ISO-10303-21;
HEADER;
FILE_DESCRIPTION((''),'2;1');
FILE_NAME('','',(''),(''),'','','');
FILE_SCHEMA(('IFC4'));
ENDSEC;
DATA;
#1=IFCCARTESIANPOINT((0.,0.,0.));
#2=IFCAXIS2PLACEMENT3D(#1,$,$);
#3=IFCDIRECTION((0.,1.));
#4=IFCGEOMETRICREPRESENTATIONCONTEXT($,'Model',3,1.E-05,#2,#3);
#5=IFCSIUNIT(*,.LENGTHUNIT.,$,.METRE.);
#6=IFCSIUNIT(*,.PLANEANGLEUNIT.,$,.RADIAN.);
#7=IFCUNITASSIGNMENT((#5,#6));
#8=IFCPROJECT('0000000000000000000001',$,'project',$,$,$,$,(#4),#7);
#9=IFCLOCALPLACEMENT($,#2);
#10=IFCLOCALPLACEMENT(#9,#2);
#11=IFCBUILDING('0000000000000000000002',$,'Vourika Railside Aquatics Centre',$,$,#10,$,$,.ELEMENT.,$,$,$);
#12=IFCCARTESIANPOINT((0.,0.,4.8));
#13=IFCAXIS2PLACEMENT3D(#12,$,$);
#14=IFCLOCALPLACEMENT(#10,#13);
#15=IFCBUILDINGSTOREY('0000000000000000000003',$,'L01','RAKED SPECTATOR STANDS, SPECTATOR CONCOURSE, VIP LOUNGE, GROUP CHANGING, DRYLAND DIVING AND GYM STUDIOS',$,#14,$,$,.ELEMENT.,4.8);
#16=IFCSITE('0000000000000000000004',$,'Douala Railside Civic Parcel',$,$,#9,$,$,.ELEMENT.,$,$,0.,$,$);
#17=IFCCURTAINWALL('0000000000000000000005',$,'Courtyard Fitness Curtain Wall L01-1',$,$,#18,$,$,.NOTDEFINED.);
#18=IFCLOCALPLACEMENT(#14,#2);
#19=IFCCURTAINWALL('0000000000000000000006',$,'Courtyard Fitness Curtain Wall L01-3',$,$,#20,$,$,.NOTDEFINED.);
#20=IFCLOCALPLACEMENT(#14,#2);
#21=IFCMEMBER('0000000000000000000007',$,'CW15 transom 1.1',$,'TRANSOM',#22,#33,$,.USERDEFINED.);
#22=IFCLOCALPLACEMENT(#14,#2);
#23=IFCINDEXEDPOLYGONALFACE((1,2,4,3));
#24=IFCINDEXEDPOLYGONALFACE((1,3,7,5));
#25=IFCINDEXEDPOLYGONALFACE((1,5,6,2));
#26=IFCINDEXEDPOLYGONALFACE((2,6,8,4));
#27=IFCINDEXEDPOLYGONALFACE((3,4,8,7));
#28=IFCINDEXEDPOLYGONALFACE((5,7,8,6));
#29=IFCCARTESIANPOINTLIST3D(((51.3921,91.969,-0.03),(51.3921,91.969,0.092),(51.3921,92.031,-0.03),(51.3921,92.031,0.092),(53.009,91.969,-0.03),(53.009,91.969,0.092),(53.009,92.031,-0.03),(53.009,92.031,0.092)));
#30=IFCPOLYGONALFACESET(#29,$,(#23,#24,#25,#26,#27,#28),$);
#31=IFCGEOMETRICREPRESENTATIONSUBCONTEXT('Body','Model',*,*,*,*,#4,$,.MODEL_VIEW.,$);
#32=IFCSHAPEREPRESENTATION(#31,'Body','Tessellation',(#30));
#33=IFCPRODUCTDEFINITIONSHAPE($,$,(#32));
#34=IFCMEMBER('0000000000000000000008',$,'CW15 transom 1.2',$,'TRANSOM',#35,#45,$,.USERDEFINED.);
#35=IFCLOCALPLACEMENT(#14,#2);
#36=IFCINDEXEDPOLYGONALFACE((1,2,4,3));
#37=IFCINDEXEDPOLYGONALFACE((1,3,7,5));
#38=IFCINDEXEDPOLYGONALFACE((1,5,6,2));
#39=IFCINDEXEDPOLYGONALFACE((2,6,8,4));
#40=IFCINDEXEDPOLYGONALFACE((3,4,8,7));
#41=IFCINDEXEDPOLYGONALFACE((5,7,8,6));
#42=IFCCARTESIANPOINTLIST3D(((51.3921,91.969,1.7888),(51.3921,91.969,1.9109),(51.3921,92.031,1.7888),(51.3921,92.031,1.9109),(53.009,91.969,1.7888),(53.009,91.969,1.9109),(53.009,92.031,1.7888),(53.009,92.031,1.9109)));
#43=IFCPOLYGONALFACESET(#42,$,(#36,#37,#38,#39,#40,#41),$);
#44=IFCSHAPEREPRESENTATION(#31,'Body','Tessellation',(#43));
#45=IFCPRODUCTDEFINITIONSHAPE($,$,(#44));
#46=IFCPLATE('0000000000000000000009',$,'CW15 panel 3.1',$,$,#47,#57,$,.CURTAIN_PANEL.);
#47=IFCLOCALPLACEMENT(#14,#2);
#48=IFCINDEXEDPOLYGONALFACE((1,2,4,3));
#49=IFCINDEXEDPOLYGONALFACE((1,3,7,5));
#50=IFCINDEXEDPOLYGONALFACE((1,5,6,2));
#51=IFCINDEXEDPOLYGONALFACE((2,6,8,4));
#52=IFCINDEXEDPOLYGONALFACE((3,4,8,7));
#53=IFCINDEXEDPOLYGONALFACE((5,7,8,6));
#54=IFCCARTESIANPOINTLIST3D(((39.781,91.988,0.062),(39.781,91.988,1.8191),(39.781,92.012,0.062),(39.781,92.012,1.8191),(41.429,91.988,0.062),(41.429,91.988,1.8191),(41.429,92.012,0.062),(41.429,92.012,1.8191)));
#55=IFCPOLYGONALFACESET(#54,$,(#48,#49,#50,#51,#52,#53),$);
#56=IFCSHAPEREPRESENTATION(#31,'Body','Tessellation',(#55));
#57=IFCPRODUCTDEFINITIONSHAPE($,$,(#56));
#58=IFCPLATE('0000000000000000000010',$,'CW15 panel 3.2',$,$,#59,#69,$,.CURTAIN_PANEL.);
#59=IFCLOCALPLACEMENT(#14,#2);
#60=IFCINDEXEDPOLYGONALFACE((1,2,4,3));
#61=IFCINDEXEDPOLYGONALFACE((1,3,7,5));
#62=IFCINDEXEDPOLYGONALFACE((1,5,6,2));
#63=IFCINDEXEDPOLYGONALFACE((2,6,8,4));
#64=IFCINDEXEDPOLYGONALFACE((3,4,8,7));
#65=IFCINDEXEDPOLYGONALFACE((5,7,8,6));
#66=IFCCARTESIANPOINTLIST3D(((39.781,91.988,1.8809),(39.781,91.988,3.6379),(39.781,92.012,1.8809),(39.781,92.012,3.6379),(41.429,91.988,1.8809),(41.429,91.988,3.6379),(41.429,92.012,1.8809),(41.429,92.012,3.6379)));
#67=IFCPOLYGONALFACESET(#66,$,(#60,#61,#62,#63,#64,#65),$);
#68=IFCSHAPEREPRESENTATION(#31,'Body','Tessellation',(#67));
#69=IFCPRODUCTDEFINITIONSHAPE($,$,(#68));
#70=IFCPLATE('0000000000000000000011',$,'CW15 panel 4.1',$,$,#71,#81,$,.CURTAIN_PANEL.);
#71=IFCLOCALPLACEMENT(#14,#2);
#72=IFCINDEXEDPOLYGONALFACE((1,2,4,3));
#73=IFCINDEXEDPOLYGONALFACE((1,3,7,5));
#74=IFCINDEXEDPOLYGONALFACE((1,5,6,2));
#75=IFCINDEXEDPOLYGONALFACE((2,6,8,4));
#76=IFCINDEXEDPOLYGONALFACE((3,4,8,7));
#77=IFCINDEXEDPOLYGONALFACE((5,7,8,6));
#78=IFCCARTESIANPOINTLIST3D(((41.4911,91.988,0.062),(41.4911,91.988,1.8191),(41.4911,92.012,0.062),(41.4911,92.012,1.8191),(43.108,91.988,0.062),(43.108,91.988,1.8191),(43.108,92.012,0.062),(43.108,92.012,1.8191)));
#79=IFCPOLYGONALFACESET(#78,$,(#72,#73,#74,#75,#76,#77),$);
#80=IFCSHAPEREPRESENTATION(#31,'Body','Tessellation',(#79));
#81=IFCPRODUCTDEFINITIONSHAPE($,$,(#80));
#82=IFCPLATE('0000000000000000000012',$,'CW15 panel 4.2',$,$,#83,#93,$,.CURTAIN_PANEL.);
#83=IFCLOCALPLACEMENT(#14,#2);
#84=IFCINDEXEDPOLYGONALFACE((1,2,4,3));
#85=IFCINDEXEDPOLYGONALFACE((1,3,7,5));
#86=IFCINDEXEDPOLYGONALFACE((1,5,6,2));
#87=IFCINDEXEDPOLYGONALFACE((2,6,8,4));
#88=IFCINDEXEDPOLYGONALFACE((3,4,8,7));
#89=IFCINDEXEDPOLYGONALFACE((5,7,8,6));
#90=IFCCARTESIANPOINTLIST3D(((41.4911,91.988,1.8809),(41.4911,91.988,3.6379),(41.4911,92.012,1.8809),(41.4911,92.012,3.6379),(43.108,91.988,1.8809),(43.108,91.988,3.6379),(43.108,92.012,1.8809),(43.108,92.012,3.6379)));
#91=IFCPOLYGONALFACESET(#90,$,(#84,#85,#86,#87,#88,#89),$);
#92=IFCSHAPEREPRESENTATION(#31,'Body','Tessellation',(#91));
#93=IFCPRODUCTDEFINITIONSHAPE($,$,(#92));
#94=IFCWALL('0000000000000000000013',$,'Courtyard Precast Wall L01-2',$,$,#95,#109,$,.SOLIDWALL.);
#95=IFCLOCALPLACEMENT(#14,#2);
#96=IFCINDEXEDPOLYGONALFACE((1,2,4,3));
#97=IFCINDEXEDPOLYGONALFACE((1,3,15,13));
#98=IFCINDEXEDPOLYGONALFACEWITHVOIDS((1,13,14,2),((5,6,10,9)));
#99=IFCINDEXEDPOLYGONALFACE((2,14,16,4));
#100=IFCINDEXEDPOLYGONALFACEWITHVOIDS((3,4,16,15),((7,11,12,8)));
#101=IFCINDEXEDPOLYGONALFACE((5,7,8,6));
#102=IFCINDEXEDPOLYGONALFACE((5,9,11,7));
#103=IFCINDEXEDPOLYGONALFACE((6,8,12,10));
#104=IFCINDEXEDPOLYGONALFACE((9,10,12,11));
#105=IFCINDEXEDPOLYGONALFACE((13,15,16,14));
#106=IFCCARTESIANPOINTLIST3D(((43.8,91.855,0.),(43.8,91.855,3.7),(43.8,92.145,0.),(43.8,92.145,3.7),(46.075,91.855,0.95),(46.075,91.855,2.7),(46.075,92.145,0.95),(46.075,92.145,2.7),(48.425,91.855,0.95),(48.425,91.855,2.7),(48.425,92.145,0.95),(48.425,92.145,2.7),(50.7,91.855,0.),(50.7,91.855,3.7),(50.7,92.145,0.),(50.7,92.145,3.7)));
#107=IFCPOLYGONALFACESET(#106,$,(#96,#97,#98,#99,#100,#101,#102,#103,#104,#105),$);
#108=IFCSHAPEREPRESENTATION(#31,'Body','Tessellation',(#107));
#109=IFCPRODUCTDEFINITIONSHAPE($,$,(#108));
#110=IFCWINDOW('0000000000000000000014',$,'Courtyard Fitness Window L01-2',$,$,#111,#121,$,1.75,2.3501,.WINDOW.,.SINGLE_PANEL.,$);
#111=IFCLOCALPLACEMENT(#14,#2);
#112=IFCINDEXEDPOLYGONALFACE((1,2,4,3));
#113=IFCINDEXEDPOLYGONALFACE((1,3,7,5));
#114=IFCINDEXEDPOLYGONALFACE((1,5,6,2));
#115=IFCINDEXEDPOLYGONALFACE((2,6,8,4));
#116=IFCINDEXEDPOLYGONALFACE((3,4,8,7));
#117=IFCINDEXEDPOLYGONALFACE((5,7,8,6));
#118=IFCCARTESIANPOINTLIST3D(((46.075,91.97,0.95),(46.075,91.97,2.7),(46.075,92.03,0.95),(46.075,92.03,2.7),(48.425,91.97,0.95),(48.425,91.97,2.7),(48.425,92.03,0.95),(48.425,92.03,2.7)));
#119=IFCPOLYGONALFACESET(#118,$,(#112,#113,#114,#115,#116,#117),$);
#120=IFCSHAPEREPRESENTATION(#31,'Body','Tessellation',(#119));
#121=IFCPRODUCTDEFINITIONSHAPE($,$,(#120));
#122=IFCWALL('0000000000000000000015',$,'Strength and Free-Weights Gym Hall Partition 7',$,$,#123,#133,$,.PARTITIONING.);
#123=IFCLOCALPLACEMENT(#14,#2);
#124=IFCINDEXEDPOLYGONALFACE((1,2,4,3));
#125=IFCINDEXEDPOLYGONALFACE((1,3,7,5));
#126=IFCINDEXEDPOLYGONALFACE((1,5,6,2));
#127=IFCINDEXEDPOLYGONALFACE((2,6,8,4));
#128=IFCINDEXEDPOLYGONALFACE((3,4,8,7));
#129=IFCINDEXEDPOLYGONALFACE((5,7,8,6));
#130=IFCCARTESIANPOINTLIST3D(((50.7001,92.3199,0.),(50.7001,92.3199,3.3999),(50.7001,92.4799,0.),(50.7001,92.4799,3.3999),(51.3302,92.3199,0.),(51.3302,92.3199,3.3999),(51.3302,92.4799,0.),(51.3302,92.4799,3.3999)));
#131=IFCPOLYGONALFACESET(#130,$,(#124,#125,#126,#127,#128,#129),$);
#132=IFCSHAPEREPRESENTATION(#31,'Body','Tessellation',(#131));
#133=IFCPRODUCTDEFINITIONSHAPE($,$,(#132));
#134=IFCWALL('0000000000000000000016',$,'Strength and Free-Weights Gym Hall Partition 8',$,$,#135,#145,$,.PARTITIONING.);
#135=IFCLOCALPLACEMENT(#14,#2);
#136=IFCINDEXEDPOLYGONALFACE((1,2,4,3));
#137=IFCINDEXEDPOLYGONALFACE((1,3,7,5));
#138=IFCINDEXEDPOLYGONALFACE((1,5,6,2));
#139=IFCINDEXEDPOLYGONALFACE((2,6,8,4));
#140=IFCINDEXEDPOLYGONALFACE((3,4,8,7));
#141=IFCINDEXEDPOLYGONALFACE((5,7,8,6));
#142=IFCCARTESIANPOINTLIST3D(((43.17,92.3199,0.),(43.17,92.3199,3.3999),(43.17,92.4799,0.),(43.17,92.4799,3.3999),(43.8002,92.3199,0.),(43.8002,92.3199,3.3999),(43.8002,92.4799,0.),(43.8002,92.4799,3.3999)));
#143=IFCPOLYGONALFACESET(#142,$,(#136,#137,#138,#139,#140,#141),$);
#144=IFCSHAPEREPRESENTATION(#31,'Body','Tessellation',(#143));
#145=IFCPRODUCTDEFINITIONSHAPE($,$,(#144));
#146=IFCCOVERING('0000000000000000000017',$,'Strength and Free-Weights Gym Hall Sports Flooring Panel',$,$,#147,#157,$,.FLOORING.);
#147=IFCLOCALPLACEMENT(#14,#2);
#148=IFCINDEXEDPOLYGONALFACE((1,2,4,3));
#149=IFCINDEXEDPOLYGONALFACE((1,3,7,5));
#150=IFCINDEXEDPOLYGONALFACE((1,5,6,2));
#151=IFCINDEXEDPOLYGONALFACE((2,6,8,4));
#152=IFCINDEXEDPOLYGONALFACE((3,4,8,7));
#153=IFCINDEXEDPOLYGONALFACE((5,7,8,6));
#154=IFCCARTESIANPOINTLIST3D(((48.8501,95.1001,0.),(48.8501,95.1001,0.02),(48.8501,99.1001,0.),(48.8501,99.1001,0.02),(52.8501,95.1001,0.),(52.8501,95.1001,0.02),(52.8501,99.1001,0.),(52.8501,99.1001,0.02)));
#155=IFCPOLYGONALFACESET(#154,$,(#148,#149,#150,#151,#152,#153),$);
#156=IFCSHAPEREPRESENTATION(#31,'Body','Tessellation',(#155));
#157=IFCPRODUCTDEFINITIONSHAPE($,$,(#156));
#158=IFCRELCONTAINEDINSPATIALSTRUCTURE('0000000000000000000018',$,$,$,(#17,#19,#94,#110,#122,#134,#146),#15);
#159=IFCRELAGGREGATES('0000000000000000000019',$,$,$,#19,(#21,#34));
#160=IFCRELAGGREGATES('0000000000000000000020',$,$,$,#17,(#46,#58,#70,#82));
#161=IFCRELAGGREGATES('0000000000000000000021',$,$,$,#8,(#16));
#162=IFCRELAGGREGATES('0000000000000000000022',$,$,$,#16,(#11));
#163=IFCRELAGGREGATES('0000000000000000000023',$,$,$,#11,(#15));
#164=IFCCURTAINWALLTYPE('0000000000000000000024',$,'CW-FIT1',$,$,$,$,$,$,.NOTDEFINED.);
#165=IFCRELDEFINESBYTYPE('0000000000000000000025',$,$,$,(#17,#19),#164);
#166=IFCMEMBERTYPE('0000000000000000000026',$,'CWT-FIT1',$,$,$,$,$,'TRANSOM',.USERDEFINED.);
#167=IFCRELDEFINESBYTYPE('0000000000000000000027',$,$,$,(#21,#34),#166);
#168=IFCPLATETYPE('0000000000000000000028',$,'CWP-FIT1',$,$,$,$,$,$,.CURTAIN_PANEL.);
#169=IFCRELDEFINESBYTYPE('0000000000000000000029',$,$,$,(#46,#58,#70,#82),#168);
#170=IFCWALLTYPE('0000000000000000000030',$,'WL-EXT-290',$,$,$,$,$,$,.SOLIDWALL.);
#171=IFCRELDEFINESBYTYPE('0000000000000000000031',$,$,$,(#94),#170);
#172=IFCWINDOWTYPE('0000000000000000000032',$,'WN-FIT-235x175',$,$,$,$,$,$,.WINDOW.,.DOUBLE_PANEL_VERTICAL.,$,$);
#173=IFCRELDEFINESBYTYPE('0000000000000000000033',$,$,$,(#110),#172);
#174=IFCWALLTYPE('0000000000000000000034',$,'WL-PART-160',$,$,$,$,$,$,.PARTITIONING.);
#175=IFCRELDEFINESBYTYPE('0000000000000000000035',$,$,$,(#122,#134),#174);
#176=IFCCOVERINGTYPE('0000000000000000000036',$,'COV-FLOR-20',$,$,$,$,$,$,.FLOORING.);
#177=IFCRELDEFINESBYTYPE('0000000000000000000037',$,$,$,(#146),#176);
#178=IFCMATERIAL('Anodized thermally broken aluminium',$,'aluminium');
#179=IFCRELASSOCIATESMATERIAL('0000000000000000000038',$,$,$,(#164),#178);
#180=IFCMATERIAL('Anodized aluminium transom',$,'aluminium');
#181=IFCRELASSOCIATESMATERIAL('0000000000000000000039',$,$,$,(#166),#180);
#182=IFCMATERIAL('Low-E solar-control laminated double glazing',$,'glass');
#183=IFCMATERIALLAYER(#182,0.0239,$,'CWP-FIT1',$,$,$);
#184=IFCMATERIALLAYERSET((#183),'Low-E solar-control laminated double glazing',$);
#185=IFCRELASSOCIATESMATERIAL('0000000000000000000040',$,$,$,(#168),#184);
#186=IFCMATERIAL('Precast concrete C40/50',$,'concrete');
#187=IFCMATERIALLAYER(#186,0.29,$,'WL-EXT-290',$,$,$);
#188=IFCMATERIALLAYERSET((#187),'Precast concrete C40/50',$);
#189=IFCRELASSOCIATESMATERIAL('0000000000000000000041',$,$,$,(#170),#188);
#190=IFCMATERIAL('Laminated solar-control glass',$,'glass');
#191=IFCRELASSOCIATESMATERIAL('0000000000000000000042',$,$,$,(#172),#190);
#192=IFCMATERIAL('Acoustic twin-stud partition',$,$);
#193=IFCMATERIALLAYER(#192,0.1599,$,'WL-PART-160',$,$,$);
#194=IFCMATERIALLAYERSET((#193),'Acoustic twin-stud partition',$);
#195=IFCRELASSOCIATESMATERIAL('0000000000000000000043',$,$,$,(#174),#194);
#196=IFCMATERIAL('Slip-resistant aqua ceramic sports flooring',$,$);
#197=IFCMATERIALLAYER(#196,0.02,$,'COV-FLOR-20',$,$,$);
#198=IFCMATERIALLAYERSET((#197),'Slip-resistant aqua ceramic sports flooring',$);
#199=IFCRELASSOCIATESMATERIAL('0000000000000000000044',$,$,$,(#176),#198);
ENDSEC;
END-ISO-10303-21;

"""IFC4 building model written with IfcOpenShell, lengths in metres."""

from ifc_helpers import new_model, si_unit, direction, frame, frame_2d, origin, origin_2d, place, context, subcontext, project, spatial, rectangle, extrude, material, layer, layer_set, material_profile, profile_set, type_object, element, fill, aggregate, save


model = new_model("IFC4")

# Units and contexts
model_context = context("Model", 3, precision=1e-05, world=origin(), true_north=direction((0.0, 1.0)))
body_context = subcontext(model_context, "Body", "Model", "MODEL_VIEW")
ifc_project = project(units=[si_unit("LENGTHUNIT", "METRE"), si_unit("PLANEANGLEUNIT", "RADIAN")], contexts=[model_context])

# Site, building, storey
site_placement = place(None, origin())
site = spatial("IfcSite", under=ifc_project, at=site_placement, Name="Douala Railside Civic Parcel", CompositionType="ELEMENT", RefElevation=0.0)
building_placement = place(site_placement, origin())
building = spatial("IfcBuilding", under=site, at=building_placement, Name="Vourika Railside Aquatics Centre", CompositionType="ELEMENT")
storey_placement = place(building_placement, frame((0.0, 0.0, 4.8)))
storey = spatial("IfcBuildingStorey", under=building, at=storey_placement, Name="L01", Description="RAKED SPECTATOR STANDS, SPECTATOR CONCOURSE, VIP LOUNGE, GROUP CHANGING, DRYLAND DIVING AND GYM STUDIOS", CompositionType="ELEMENT", Elevation=4.8)

# Curtain wall
ifc_material_1 = material(Name="Anodized thermally broken aluminium", Category="aluminium")
curtain_wall_type = type_object("IfcCurtainWallType", Name="CW-FIT1", PredefinedType="NOTDEFINED", material=ifc_material_1)
curtain_wall_1_placement = place(storey_placement, origin())
curtain_wall_1 = element("IfcCurtainWall", 1, at=curtain_wall_1_placement, inside=storey, type_object=curtain_wall_type, Name="Courtyard Fitness Curtain Wall L01-1", PredefinedType="NOTDEFINED")

# Curtain wall
curtain_wall_2_placement = place(storey_placement, origin())
curtain_wall_2 = element("IfcCurtainWall", 2, at=curtain_wall_2_placement, inside=storey, type_object=curtain_wall_type, Name="Courtyard Fitness Curtain Wall L01-3", PredefinedType="NOTDEFINED")

# Members
ifc_material_2 = material(Name="Anodized aluminium transom", Category="aluminium")
ifc_material_profile_1 = material_profile(ifc_material_2, rectangle(XDim=0.062, YDim=0.1221, at=origin_2d()), Name="ALU-T 62x122")
ifc_profile_set_1 = profile_set([ifc_material_profile_1], Name="Anodized aluminium transom")
member_type_1 = type_object("IfcMemberType", Name="CWT-FIT1", ElementType="TRANSOM", PredefinedType="USERDEFINED", material=ifc_profile_set_1)
member_1_placement = place(storey_placement, frame((51.3921, 92.0, 0.031), z_axis=(1.0, 0.0, 0.0), x_axis=(0.0, 1.0, 0.0)))
member_1 = element("IfcMember", 3, at=member_1_placement, type_object=member_type_1, Name="CW15 transom 1.1", ObjectType="TRANSOM", PredefinedType="USERDEFINED", context=body_context, shape_type="SweptSolid", body=[
    extrude(rectangle(XDim=0.062, YDim=0.1221, at=origin_2d()), origin(), (0.0, 0.0, 1.0), 1.6169),
])
member_2_placement = place(storey_placement, frame((51.3921, 92.0, 1.8499), z_axis=(1.0, 0.0, 0.0), x_axis=(0.0, 1.0, 0.0)))
member_2 = element("IfcMember", 4, at=member_2_placement, type_object=member_type_1, Name="CW15 transom 1.2", ObjectType="TRANSOM", PredefinedType="USERDEFINED", context=body_context, shape_type="SweptSolid", body=[
    extrude(rectangle(XDim=0.062, YDim=0.1221, at=origin_2d()), origin(), (0.0, 0.0, 1.0), 1.6169),
])
aggregate(curtain_wall_2, [member_1, member_2])

# Plates
ifc_material_3 = material(Name="Low-E solar-control laminated double glazing", Category="glass")
ifc_layer_1 = layer(ifc_material_3, 0.0239, Name="CWP-FIT1")
ifc_layer_set_1 = layer_set([ifc_layer_1], Name="Low-E solar-control laminated double glazing")
plate_type = type_object("IfcPlateType", Name="CWP-FIT1", PredefinedType="CURTAIN_PANEL", material=ifc_layer_set_1)
plate_1_placement = place(storey_placement, frame((40.605, 92.0, 0.062), z_axis=(0.0, 0.0, 1.0), x_axis=(1.0, 0.0, 0.0)))
plate_1 = element("IfcPlate", 5, at=plate_1_placement, type_object=plate_type, Name="CW15 panel 3.1", PredefinedType="CURTAIN_PANEL", context=body_context, shape_type="SweptSolid", body=[
    extrude(rectangle(XDim=1.6479, YDim=0.0239, at=origin_2d()), origin(), (0.0, 0.0, 1.0), 1.7571),
])
plate_2_placement = place(storey_placement, frame((40.605, 92.0, 1.8809), z_axis=(0.0, 0.0, 1.0), x_axis=(1.0, 0.0, 0.0)))
plate_2 = element("IfcPlate", 6, at=plate_2_placement, type_object=plate_type, Name="CW15 panel 3.2", PredefinedType="CURTAIN_PANEL", context=body_context, shape_type="SweptSolid", body=[
    extrude(rectangle(XDim=1.6479, YDim=0.0239, at=origin_2d()), origin(), (0.0, 0.0, 1.0), 1.7571),
])
plate_3_placement = place(storey_placement, frame((42.2996, 92.0, 0.062), z_axis=(0.0, 0.0, 1.0), x_axis=(1.0, 0.0, 0.0)))
plate_3 = element("IfcPlate", 7, at=plate_3_placement, type_object=plate_type, Name="CW15 panel 4.1", PredefinedType="CURTAIN_PANEL", context=body_context, shape_type="SweptSolid", body=[
    extrude(rectangle(XDim=1.6169, YDim=0.0239, at=origin_2d()), origin(), (0.0, 0.0, 1.0), 1.7571),
])
plate_4_placement = place(storey_placement, frame((42.2996, 92.0, 1.8809), z_axis=(0.0, 0.0, 1.0), x_axis=(1.0, 0.0, 0.0)))
plate_4 = element("IfcPlate", 8, at=plate_4_placement, type_object=plate_type, Name="CW15 panel 4.2", PredefinedType="CURTAIN_PANEL", context=body_context, shape_type="SweptSolid", body=[
    extrude(rectangle(XDim=1.6169, YDim=0.0239, at=origin_2d()), origin(), (0.0, 0.0, 1.0), 1.7571),
])
aggregate(curtain_wall_1, [plate_1, plate_2, plate_3, plate_4])

# Wall, opening, window
ifc_material_4 = material(Name="Precast concrete C40/50", Category="concrete")
ifc_layer_2 = layer(ifc_material_4, 0.29, Name="WL-EXT-290")
ifc_layer_set_2 = layer_set([ifc_layer_2], Name="Precast concrete C40/50")
wall_type_1 = type_object("IfcWallType", Name="WL-EXT-290", PredefinedType="SOLIDWALL", material=ifc_layer_set_2)
wall_placement = place(storey_placement, frame((43.8, 92.0, 0.0), z_axis=(0.0, 0.0, 1.0), x_axis=(1.0, 0.0, 0.0)))
wall = element("IfcWall", 9, at=wall_placement, inside=storey, type_object=wall_type_1, Name="Courtyard Precast Wall L01-2", PredefinedType="SOLIDWALL", context=body_context, shape_type="SweptSolid", body=[
    extrude(rectangle(XDim=6.8999, YDim=0.29, at=frame_2d((3.45, 0.0))), origin(), (0.0, 0.0, 1.0), 3.7),
])
opening_placement = place(wall_placement, frame((2.2749, 0.0, 0.95)))
opening = element("IfcOpeningElement", 10, at=opening_placement, cuts=wall, PredefinedType="OPENING", context=body_context, shape_type="SweptSolid", body=[
    extrude(rectangle(XDim=2.3501, YDim=1.75, at=frame_2d((1.175, 0.875))), frame((0.0, 0.155, 0.0), z_axis=(0.0, -1.0, 0.0), x_axis=(1.0, 0.0, 0.0)), (0.0, 0.0, 1.0), 0.3101),
])
ifc_material_5 = material(Name="Laminated solar-control glass", Category="glass")
window_type = type_object("IfcWindowType", Name="WN-FIT-235x175", PartitioningType="DOUBLE_PANEL_VERTICAL", PredefinedType="WINDOW", material=ifc_material_5)
window_placement = place(opening_placement, origin())
window = element("IfcWindow", 11, at=window_placement, inside=storey, type_object=window_type, Name="Courtyard Fitness Window L01-2", OverallHeight=1.75, OverallWidth=2.3501, PartitioningType="SINGLE_PANEL", PredefinedType="WINDOW", context=body_context, shape_type="SweptSolid", body=[
    extrude(rectangle(XDim=2.3501, YDim=1.75, at=frame_2d((1.175, 0.875))), frame((0.0, 0.03, 0.0), z_axis=(0.0, -1.0, 0.0), x_axis=(1.0, 0.0, 0.0)), (0.0, 0.0, 1.0), 0.0601),
])
fill(opening, window)

# Walls
ifc_material_6 = material(Name="Acoustic twin-stud partition")
ifc_layer_3 = layer(ifc_material_6, 0.1599, Name="WL-PART-160")
ifc_layer_set_3 = layer_set([ifc_layer_3], Name="Acoustic twin-stud partition")
wall_type_2 = type_object("IfcWallType", Name="WL-PART-160", PredefinedType="PARTITIONING", material=ifc_layer_set_3)
for number, where, z_axis, x_axis, name in (
    (12, (51.3301, 92.3999, 0.0), (0.0, 0.0, 1.0), (-1.0, 0.0, 0.0), "Strength and Free-Weights Gym Hall Partition 7"),
    (13, (43.8, 92.3999, 0.0), (0.0, 0.0, 1.0), (-1.0, 0.0, 0.0), "Strength and Free-Weights Gym Hall Partition 8"),
):
    element("IfcWall", number, at=place(storey_placement, frame(where, z_axis=z_axis, x_axis=x_axis)), inside=storey, type_object=wall_type_2, Name=name, PredefinedType="PARTITIONING", context=body_context, shape_type="SweptSolid", body=[
        extrude(rectangle(XDim=0.6301, YDim=0.1599, at=frame_2d((0.3149, 0.0))), origin(), (0.0, 0.0, 1.0), 3.3999),
    ])

# Covering
ifc_material_7 = material(Name="Slip-resistant aqua ceramic sports flooring")
ifc_layer_4 = layer(ifc_material_7, 0.02, Name="COV-FLOR-20")
ifc_layer_set_4 = layer_set([ifc_layer_4], Name="Slip-resistant aqua ceramic sports flooring")
covering_type = type_object("IfcCoveringType", Name="COV-FLOR-20", PredefinedType="FLOORING", material=ifc_layer_set_4)
covering_placement = place(storey_placement, frame((50.8501, 97.1001, 0.0), z_axis=(0.0, 0.0, 1.0), x_axis=(1.0, 0.0, 0.0)))
element("IfcCovering", 14, at=covering_placement, inside=storey, type_object=covering_type, Name="Strength and Free-Weights Gym Hall Sports Flooring Panel", PredefinedType="FLOORING", context=body_context, shape_type="SweptSolid", body=[
    extrude(rectangle(XDim=4.0, YDim=4.0, at=origin_2d()), origin(), (0.0, 0.0, 1.0), 0.02),
])

save(model, "model.ifc")
